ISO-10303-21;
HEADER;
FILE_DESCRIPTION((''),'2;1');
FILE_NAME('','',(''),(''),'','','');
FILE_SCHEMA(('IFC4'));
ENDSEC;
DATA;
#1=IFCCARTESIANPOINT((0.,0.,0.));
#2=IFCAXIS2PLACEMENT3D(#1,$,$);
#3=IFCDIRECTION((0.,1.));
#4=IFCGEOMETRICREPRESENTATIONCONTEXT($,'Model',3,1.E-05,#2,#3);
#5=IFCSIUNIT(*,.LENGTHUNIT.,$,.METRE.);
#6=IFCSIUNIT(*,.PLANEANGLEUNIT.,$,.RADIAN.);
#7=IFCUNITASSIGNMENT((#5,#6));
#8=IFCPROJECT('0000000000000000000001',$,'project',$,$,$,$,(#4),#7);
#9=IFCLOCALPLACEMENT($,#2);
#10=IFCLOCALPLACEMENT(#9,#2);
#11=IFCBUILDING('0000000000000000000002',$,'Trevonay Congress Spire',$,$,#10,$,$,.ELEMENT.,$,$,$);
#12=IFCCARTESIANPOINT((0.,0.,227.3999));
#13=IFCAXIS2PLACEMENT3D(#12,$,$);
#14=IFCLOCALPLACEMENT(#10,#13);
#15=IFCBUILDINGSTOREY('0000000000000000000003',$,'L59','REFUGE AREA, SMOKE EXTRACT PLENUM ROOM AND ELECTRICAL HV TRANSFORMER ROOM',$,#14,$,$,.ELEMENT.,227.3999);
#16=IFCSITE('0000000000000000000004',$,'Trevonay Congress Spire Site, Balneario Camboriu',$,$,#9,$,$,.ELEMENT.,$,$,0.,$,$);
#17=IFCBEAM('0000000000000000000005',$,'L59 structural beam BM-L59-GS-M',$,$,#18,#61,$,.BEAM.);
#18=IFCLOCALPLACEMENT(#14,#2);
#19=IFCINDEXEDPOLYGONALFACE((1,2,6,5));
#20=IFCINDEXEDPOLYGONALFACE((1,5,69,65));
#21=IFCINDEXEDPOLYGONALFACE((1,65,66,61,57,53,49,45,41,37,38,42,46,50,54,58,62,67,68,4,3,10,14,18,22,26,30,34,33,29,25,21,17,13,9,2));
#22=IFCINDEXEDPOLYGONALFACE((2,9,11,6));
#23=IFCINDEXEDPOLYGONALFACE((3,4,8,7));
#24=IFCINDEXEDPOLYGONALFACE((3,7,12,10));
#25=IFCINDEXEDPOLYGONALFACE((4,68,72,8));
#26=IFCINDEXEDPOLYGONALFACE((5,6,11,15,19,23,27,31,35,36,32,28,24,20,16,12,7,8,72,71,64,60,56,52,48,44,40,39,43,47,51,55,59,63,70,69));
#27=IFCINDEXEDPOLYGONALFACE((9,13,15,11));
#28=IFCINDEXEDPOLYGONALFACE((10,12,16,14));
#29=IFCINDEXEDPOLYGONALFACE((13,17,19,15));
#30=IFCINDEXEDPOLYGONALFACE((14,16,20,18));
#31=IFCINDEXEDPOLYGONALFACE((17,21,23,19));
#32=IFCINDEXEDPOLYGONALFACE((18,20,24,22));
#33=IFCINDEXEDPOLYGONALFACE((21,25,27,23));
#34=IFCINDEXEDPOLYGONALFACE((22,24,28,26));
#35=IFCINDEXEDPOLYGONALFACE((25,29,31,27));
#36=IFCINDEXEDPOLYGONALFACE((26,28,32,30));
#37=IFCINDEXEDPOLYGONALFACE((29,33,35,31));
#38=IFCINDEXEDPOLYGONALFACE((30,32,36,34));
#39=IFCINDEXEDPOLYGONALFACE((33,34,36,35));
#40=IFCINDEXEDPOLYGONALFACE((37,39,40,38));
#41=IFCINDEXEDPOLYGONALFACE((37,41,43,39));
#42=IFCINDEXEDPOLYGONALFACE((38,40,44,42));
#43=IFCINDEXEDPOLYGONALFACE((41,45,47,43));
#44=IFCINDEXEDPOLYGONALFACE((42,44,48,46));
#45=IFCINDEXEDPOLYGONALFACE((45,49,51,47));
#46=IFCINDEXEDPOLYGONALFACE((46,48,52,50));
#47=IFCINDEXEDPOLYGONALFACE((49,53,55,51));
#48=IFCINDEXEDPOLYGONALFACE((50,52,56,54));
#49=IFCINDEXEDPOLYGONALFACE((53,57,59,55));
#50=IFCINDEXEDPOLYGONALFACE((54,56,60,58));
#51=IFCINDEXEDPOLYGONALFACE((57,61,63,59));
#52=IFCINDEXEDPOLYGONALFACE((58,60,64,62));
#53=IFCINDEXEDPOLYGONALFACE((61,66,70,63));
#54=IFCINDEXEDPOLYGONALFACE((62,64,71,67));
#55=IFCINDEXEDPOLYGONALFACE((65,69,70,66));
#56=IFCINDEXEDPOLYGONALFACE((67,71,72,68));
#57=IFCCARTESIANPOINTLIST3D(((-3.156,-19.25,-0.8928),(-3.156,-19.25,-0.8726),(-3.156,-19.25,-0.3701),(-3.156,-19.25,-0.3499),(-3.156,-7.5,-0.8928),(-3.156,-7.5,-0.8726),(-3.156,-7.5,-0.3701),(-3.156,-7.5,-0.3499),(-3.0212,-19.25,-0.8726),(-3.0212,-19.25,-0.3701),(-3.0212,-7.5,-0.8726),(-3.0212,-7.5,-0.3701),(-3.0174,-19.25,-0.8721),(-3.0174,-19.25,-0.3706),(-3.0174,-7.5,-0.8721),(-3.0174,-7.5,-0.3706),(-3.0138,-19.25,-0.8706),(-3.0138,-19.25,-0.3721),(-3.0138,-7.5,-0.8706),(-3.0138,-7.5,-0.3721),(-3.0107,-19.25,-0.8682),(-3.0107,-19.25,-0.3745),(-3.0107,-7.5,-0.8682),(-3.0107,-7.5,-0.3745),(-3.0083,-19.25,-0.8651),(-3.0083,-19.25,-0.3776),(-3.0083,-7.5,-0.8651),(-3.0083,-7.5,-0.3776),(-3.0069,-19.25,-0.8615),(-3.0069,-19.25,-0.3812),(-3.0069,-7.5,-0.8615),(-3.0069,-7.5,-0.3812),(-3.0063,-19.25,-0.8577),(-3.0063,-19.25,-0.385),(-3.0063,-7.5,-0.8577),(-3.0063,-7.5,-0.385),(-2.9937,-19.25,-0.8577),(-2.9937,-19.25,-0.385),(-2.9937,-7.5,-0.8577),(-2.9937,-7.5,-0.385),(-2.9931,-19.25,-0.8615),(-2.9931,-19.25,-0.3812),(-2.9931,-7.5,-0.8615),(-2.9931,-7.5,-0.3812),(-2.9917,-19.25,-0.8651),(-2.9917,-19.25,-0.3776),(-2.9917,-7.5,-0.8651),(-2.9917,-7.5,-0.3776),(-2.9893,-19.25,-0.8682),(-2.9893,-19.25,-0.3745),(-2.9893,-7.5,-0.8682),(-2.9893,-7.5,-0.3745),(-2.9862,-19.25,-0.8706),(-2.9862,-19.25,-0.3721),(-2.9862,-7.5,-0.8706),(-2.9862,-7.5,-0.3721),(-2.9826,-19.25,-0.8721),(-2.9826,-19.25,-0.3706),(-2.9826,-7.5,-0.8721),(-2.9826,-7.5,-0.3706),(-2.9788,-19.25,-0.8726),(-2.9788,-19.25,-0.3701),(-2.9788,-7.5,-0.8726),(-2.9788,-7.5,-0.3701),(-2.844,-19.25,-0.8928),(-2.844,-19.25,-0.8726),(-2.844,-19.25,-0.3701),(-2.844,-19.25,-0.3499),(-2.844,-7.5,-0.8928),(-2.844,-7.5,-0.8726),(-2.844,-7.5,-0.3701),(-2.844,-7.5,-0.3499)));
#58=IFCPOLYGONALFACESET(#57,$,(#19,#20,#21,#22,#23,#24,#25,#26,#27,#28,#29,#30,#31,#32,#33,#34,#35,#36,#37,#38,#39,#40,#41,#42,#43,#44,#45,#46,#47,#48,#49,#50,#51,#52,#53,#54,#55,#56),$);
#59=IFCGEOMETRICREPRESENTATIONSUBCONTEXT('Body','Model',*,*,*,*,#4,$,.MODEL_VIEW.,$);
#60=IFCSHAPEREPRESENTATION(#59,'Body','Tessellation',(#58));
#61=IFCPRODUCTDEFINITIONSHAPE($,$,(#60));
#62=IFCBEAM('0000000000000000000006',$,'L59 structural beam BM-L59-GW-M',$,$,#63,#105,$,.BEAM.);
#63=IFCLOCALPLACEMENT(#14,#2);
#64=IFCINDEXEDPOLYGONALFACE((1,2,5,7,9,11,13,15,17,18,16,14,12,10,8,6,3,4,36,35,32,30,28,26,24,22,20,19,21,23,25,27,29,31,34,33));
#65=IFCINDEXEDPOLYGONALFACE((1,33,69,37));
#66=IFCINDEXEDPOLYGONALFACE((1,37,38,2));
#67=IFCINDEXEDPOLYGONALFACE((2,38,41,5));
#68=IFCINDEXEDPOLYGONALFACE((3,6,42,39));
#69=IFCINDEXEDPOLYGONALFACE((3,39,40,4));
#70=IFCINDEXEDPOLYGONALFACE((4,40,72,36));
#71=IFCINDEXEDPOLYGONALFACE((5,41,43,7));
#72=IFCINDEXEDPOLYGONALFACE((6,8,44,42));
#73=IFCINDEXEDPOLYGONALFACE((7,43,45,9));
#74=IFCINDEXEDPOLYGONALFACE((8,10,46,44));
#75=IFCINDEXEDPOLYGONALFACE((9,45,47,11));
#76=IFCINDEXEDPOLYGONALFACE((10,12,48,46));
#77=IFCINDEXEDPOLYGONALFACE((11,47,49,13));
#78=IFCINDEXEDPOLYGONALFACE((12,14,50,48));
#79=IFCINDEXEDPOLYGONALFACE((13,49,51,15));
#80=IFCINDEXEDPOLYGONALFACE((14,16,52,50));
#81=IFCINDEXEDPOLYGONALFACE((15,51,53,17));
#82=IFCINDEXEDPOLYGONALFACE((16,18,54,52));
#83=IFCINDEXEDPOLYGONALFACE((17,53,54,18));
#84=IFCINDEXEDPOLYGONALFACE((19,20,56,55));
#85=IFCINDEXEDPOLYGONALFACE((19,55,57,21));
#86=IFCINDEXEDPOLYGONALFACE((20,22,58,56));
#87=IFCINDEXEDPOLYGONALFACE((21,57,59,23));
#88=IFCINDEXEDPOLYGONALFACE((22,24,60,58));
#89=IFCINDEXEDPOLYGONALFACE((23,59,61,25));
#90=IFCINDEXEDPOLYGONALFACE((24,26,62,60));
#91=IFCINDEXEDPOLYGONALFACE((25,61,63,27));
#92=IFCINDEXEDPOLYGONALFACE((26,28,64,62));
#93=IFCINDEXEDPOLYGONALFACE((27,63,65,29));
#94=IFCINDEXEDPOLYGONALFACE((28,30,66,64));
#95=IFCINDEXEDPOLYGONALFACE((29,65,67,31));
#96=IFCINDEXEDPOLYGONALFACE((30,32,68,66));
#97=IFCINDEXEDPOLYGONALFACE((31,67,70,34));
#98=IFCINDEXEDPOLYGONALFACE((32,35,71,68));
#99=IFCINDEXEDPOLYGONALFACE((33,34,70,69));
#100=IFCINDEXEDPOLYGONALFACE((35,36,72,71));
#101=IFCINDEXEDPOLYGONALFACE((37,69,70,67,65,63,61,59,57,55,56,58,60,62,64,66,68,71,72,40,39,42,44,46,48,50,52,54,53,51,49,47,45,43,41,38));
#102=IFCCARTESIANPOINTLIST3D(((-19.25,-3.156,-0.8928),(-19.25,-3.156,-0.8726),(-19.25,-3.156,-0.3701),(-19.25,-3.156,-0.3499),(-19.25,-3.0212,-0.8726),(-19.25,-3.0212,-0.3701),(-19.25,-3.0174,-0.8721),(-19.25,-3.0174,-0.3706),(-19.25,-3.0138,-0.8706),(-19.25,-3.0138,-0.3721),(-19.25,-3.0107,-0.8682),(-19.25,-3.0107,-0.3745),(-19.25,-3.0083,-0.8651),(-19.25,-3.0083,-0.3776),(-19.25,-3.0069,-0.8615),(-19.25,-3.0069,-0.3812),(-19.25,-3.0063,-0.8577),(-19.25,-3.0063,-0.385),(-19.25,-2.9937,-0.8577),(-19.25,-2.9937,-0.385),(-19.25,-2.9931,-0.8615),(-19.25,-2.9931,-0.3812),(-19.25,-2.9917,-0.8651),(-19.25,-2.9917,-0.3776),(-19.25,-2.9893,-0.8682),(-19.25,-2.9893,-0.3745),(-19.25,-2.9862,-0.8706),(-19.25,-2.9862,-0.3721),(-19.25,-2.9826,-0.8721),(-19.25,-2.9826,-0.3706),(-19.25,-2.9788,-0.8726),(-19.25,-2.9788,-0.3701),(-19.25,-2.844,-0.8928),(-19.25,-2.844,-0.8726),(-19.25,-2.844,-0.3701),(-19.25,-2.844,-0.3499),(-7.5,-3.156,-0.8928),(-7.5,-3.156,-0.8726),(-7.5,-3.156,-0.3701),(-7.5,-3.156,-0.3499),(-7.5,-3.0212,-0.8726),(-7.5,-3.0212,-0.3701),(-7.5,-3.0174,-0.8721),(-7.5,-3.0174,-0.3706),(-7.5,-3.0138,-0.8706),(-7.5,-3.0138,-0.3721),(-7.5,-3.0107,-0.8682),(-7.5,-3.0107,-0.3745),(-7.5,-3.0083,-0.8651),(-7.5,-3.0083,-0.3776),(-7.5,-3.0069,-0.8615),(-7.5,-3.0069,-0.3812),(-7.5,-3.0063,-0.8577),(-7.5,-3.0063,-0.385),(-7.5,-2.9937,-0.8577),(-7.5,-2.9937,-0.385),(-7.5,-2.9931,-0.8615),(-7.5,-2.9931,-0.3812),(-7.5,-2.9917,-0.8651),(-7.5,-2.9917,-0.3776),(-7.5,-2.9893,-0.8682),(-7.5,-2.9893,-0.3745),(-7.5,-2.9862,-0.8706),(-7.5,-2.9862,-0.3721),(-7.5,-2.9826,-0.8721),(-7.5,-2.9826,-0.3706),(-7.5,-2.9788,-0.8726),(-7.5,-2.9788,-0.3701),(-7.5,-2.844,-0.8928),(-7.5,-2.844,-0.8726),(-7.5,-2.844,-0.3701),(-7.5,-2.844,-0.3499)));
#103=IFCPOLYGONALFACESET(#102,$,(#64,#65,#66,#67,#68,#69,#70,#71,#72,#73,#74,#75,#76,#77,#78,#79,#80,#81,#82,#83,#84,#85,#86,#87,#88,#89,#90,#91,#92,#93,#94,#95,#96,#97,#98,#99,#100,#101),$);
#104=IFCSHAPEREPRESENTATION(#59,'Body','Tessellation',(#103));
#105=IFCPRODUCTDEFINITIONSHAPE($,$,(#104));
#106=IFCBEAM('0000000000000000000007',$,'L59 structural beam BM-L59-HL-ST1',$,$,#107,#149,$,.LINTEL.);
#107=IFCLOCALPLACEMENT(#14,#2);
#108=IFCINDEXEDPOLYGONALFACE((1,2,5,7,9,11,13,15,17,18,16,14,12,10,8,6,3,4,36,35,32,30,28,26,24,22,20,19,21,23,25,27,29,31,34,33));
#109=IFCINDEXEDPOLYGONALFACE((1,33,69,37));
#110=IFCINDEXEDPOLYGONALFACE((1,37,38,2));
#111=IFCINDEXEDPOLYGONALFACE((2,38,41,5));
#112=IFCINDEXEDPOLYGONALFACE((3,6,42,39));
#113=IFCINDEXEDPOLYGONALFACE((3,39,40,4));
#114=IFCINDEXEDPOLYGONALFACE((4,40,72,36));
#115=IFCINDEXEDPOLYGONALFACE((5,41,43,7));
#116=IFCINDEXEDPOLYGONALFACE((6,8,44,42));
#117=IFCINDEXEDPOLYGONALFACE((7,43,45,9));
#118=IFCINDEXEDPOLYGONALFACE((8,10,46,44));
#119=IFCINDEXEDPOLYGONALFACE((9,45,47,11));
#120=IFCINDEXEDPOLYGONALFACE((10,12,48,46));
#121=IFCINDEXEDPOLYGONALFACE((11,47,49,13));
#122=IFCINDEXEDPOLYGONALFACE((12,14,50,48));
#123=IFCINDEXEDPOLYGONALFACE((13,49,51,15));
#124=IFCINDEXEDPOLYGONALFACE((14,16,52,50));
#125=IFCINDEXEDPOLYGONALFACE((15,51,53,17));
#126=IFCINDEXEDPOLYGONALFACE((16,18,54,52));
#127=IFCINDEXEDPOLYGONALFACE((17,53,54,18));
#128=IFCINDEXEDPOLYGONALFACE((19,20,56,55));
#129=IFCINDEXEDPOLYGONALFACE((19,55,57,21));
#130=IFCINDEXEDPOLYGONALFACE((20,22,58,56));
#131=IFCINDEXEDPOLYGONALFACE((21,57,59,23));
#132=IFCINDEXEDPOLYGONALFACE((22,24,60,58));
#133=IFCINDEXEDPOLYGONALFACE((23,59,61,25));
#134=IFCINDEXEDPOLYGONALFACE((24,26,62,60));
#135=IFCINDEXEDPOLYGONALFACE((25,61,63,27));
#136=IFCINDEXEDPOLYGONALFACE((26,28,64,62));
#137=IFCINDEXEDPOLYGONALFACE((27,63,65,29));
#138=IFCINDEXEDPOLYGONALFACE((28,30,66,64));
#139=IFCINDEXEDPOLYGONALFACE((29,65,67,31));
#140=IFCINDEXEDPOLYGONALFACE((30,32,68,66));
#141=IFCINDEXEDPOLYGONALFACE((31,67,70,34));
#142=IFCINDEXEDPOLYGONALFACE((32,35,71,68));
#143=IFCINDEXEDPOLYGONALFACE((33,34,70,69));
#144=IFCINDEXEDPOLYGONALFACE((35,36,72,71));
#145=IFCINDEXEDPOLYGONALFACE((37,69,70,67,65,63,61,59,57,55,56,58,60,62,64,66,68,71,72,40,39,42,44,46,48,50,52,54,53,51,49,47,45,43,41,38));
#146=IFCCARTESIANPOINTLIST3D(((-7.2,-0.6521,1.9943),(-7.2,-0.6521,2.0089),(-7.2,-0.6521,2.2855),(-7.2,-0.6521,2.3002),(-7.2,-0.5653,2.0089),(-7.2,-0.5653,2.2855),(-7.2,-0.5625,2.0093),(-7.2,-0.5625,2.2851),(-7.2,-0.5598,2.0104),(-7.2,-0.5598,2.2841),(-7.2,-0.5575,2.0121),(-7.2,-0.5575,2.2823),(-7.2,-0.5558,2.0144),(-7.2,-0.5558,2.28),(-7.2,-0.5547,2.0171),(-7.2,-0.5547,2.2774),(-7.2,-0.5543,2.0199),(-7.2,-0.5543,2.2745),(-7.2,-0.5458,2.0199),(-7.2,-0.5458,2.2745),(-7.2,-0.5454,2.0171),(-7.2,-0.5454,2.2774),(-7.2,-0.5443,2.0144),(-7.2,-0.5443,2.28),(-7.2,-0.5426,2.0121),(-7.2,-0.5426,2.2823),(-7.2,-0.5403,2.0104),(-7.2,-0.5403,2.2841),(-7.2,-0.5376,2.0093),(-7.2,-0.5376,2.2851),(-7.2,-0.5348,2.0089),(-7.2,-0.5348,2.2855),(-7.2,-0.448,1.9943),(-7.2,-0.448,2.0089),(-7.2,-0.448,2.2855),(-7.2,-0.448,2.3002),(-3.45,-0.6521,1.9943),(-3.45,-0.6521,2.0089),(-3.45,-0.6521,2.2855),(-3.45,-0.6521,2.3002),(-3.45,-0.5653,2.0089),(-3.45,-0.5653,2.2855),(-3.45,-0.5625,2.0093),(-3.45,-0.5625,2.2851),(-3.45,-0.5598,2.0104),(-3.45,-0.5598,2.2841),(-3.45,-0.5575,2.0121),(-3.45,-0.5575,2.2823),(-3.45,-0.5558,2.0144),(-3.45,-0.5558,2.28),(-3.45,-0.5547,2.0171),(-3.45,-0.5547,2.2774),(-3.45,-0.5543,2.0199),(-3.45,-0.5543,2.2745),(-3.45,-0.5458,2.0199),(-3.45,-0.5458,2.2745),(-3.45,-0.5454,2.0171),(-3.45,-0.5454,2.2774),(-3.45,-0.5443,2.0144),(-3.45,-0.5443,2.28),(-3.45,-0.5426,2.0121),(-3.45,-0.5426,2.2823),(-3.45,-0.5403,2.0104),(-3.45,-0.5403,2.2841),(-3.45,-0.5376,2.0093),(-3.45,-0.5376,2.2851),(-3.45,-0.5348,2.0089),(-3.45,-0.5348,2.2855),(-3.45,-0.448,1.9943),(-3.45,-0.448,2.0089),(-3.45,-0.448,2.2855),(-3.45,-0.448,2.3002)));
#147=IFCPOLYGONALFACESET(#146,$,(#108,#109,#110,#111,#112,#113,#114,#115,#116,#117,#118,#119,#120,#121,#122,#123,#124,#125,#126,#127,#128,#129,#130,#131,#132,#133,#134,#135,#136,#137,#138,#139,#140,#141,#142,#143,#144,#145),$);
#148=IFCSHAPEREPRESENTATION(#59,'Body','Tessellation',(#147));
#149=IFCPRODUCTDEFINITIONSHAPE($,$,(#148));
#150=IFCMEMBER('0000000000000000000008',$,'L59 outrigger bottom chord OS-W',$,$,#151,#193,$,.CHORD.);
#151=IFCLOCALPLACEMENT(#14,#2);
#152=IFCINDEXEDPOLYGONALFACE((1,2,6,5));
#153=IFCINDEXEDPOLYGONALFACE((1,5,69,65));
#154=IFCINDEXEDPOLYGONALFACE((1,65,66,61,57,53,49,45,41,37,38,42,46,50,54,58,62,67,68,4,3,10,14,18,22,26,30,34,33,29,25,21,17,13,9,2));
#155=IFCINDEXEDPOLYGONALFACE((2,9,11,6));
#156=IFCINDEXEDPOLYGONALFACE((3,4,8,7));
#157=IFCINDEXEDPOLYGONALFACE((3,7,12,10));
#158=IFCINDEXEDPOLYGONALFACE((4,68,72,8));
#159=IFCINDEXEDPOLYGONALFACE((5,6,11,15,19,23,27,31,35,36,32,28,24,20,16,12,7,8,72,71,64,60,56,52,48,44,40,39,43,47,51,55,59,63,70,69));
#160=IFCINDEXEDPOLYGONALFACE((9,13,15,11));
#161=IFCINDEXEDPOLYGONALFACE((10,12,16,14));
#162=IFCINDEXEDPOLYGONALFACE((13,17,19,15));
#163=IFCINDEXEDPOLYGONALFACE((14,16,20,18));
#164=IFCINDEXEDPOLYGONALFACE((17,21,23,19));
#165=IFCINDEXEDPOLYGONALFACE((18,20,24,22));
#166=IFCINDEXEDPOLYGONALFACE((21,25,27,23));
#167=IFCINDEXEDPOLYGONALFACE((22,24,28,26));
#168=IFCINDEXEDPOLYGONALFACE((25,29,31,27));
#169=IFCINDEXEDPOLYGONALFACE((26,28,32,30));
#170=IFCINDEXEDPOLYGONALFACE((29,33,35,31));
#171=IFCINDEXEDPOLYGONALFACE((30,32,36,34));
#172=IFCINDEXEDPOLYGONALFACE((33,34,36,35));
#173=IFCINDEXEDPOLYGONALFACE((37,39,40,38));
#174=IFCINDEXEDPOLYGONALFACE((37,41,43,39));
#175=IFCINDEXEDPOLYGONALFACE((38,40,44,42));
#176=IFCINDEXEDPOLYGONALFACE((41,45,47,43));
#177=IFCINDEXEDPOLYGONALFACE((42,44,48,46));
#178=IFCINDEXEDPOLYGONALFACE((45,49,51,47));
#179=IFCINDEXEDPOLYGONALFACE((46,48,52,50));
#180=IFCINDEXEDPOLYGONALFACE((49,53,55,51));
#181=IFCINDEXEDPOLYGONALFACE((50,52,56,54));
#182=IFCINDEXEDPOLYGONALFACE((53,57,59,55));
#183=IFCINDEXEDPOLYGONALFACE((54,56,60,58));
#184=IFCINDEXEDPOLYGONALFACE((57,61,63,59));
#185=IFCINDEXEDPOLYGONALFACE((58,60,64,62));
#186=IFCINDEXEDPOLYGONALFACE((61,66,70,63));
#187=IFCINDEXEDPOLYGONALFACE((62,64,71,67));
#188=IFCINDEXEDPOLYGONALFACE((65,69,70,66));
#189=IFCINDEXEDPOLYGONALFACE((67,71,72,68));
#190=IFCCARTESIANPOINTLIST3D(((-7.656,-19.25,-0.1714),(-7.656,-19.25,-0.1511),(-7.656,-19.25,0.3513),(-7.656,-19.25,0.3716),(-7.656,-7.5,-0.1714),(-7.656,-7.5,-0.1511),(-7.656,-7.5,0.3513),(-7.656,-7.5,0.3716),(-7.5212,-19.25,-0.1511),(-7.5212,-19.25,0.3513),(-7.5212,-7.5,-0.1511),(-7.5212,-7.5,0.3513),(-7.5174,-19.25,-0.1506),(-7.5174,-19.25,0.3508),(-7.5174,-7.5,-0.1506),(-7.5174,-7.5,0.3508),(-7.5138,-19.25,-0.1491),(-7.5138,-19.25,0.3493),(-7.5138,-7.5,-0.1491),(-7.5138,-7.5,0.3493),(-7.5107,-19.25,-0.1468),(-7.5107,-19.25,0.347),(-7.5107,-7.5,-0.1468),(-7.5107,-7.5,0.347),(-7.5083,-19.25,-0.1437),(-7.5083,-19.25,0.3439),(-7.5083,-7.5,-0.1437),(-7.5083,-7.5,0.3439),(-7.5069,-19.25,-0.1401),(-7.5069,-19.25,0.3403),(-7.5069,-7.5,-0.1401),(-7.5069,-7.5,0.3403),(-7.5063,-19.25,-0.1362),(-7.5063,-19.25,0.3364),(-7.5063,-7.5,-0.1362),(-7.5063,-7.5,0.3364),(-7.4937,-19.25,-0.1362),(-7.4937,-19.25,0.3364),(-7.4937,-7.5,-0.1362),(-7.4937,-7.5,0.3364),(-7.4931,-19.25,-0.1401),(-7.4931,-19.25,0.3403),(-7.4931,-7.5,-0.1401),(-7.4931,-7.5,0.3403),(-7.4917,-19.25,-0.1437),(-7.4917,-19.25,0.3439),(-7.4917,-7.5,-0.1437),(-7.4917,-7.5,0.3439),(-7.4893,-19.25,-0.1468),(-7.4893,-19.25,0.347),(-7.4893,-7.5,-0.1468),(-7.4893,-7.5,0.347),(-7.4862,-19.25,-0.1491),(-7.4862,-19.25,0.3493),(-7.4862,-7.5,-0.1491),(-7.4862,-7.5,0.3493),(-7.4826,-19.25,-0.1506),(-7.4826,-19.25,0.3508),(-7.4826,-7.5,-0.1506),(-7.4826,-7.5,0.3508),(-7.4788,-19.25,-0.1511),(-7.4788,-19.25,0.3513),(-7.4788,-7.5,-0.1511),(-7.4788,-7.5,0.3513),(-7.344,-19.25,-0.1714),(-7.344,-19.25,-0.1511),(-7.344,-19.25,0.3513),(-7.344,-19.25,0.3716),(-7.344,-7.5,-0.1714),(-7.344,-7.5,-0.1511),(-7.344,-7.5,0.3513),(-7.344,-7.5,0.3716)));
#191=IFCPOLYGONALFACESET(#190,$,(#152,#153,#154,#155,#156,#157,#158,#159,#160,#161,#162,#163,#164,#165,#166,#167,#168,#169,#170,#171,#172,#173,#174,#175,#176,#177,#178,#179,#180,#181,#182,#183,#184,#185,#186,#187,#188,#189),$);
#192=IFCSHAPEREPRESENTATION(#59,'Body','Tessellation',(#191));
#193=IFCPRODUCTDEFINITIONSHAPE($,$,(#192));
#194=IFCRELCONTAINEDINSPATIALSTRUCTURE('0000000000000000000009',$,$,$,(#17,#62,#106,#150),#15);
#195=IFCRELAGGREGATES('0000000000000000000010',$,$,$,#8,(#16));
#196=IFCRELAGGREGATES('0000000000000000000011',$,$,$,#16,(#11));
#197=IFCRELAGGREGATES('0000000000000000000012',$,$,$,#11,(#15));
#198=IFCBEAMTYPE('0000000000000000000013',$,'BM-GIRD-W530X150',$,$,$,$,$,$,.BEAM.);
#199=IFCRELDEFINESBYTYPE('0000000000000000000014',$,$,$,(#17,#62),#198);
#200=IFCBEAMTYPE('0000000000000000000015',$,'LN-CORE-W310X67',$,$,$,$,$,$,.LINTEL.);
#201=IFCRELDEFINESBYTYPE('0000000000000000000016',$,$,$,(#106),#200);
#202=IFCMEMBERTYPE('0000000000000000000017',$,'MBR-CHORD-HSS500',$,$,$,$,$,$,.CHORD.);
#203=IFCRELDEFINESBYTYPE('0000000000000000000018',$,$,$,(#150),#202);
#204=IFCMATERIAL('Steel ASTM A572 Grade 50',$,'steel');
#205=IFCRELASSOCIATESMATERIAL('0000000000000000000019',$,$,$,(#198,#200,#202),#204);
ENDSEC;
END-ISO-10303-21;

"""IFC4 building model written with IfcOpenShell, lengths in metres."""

from ifc_helpers import new_model, si_unit, direction, frame, origin, origin_2d, place, context, subcontext, project, spatial, i_section, extrude, material, material_profile, profile_set, type_object, element, save


model = new_model("IFC4")

# Units and contexts
model_context = context("Model", 3, precision=1e-05, world=origin(), true_north=direction((0.0, 1.0)))
body_context = subcontext(model_context, "Body", "Model", "MODEL_VIEW")
ifc_project = project(units=[si_unit("LENGTHUNIT", "METRE"), si_unit("PLANEANGLEUNIT", "RADIAN")], contexts=[model_context])

# Site, building, storey
site_placement = place(None, origin())
site = spatial("IfcSite", under=ifc_project, at=site_placement, Name="Trevonay Congress Spire Site, Balneario Camboriu", CompositionType="ELEMENT", RefElevation=0.0)
building_placement = place(site_placement, origin())
building = spatial("IfcBuilding", under=site, at=building_placement, Name="Trevonay Congress Spire", CompositionType="ELEMENT")
storey_placement = place(building_placement, frame((0.0, 0.0, 227.3999)))
storey = spatial("IfcBuildingStorey", under=building, at=storey_placement, Name="L59", Description="REFUGE AREA, SMOKE EXTRACT PLENUM ROOM AND ELECTRICAL HV TRANSFORMER ROOM", CompositionType="ELEMENT", Elevation=227.3999)

# Shared definitions
ifc_material_1 = material(Name="Steel ASTM A572 Grade 50", Category="steel")

# Beams
ifc_material_profile_1 = material_profile(ifc_material_1, i_section(OverallWidth=0.312, OverallDepth=0.543, WebThickness=0.0127, FlangeThickness=0.0203, FilletRadius=0.0149, at=origin_2d()), Name="W530x150")
ifc_profile_set_1 = profile_set([ifc_material_profile_1], Name="Steel ASTM A572 Grade 50")
beam_type_1 = type_object("IfcBeamType", Name="BM-GIRD-W530X150", PredefinedType="BEAM", material=ifc_profile_set_1)
for number, where, z_axis, x_axis, name in (
    (1, (-3.0, -7.5, -0.6213), (0.0, -1.0, 0.0), (1.0, 0.0, 0.0), "L59 structural beam BM-L59-GS-M"),
    (2, (-7.5, -3.0, -0.6213), (-1.0, 0.0, 0.0), (0.0, -1.0, 0.0), "L59 structural beam BM-L59-GW-M"),
):
    element("IfcBeam", number, at=place(storey_placement, frame(where, z_axis=z_axis, x_axis=x_axis)), inside=storey, type_object=beam_type_1, Name=name, PredefinedType="BEAM", context=body_context, shape_type="SweptSolid", body=[
        extrude(i_section(OverallWidth=0.312, OverallDepth=0.543, WebThickness=0.0127, FlangeThickness=0.0203, FilletRadius=0.0149, at=origin_2d()), origin(), (0.0, 0.0, 1.0), 11.75),
    ])
ifc_material_profile_2 = material_profile(ifc_material_1, i_section(OverallWidth=0.2041, OverallDepth=0.3059, WebThickness=0.0085, FlangeThickness=0.0146, FilletRadius=0.011, at=origin_2d()), Name="W310x67")
ifc_profile_set_2 = profile_set([ifc_material_profile_2], Name="Steel ASTM A572 Grade 50")
beam_type_2 = type_object("IfcBeamType", Name="LN-CORE-W310X67", PredefinedType="LINTEL", material=ifc_profile_set_2)
beam_1_placement = place(storey_placement, frame((-7.2, -0.55, 2.1472), z_axis=(1.0, 0.0, 0.0), x_axis=(0.0, 1.0, 0.0)))
element("IfcBeam", 3, at=beam_1_placement, inside=storey, type_object=beam_type_2, Name="L59 structural beam BM-L59-HL-ST1", PredefinedType="LINTEL", context=body_context, shape_type="SweptSolid", body=[
    extrude(i_section(OverallWidth=0.2041, OverallDepth=0.3059, WebThickness=0.0085, FlangeThickness=0.0146, FilletRadius=0.011, at=origin_2d()), origin(), (0.0, 0.0, 1.0), 3.75),
])

# Member
ifc_material_profile_3 = material_profile(ifc_material_1, i_section(OverallWidth=0.312, OverallDepth=0.543, WebThickness=0.0127, FlangeThickness=0.0203, FilletRadius=0.0149, at=origin_2d()), Name="W530x150")
ifc_profile_set_3 = profile_set([ifc_material_profile_3], Name="Steel ASTM A572 Grade 50")
member_type_1 = type_object("IfcMemberType", Name="MBR-CHORD-HSS500", PredefinedType="CHORD", material=ifc_profile_set_3)
for number, where, z_axis, x_axis, name in (
    (4, (-7.5, -7.5, 0.1001), (0.0, -1.0, 0.0), (1.0, 0.0, 0.0), "L59 outrigger bottom chord OS-W"),
):
    element("IfcMember", number, at=place(storey_placement, frame(where, z_axis=z_axis, x_axis=x_axis)), inside=storey, type_object=member_type_1, Name=name, PredefinedType="CHORD", context=body_context, shape_type="SweptSolid", body=[
        extrude(i_section(OverallWidth=0.312, OverallDepth=0.543, WebThickness=0.0127, FlangeThickness=0.0203, FilletRadius=0.0149, at=origin_2d()), origin(), (0.0, 0.0, 1.0), 11.75),
    ])

save(model, "model.ifc")
